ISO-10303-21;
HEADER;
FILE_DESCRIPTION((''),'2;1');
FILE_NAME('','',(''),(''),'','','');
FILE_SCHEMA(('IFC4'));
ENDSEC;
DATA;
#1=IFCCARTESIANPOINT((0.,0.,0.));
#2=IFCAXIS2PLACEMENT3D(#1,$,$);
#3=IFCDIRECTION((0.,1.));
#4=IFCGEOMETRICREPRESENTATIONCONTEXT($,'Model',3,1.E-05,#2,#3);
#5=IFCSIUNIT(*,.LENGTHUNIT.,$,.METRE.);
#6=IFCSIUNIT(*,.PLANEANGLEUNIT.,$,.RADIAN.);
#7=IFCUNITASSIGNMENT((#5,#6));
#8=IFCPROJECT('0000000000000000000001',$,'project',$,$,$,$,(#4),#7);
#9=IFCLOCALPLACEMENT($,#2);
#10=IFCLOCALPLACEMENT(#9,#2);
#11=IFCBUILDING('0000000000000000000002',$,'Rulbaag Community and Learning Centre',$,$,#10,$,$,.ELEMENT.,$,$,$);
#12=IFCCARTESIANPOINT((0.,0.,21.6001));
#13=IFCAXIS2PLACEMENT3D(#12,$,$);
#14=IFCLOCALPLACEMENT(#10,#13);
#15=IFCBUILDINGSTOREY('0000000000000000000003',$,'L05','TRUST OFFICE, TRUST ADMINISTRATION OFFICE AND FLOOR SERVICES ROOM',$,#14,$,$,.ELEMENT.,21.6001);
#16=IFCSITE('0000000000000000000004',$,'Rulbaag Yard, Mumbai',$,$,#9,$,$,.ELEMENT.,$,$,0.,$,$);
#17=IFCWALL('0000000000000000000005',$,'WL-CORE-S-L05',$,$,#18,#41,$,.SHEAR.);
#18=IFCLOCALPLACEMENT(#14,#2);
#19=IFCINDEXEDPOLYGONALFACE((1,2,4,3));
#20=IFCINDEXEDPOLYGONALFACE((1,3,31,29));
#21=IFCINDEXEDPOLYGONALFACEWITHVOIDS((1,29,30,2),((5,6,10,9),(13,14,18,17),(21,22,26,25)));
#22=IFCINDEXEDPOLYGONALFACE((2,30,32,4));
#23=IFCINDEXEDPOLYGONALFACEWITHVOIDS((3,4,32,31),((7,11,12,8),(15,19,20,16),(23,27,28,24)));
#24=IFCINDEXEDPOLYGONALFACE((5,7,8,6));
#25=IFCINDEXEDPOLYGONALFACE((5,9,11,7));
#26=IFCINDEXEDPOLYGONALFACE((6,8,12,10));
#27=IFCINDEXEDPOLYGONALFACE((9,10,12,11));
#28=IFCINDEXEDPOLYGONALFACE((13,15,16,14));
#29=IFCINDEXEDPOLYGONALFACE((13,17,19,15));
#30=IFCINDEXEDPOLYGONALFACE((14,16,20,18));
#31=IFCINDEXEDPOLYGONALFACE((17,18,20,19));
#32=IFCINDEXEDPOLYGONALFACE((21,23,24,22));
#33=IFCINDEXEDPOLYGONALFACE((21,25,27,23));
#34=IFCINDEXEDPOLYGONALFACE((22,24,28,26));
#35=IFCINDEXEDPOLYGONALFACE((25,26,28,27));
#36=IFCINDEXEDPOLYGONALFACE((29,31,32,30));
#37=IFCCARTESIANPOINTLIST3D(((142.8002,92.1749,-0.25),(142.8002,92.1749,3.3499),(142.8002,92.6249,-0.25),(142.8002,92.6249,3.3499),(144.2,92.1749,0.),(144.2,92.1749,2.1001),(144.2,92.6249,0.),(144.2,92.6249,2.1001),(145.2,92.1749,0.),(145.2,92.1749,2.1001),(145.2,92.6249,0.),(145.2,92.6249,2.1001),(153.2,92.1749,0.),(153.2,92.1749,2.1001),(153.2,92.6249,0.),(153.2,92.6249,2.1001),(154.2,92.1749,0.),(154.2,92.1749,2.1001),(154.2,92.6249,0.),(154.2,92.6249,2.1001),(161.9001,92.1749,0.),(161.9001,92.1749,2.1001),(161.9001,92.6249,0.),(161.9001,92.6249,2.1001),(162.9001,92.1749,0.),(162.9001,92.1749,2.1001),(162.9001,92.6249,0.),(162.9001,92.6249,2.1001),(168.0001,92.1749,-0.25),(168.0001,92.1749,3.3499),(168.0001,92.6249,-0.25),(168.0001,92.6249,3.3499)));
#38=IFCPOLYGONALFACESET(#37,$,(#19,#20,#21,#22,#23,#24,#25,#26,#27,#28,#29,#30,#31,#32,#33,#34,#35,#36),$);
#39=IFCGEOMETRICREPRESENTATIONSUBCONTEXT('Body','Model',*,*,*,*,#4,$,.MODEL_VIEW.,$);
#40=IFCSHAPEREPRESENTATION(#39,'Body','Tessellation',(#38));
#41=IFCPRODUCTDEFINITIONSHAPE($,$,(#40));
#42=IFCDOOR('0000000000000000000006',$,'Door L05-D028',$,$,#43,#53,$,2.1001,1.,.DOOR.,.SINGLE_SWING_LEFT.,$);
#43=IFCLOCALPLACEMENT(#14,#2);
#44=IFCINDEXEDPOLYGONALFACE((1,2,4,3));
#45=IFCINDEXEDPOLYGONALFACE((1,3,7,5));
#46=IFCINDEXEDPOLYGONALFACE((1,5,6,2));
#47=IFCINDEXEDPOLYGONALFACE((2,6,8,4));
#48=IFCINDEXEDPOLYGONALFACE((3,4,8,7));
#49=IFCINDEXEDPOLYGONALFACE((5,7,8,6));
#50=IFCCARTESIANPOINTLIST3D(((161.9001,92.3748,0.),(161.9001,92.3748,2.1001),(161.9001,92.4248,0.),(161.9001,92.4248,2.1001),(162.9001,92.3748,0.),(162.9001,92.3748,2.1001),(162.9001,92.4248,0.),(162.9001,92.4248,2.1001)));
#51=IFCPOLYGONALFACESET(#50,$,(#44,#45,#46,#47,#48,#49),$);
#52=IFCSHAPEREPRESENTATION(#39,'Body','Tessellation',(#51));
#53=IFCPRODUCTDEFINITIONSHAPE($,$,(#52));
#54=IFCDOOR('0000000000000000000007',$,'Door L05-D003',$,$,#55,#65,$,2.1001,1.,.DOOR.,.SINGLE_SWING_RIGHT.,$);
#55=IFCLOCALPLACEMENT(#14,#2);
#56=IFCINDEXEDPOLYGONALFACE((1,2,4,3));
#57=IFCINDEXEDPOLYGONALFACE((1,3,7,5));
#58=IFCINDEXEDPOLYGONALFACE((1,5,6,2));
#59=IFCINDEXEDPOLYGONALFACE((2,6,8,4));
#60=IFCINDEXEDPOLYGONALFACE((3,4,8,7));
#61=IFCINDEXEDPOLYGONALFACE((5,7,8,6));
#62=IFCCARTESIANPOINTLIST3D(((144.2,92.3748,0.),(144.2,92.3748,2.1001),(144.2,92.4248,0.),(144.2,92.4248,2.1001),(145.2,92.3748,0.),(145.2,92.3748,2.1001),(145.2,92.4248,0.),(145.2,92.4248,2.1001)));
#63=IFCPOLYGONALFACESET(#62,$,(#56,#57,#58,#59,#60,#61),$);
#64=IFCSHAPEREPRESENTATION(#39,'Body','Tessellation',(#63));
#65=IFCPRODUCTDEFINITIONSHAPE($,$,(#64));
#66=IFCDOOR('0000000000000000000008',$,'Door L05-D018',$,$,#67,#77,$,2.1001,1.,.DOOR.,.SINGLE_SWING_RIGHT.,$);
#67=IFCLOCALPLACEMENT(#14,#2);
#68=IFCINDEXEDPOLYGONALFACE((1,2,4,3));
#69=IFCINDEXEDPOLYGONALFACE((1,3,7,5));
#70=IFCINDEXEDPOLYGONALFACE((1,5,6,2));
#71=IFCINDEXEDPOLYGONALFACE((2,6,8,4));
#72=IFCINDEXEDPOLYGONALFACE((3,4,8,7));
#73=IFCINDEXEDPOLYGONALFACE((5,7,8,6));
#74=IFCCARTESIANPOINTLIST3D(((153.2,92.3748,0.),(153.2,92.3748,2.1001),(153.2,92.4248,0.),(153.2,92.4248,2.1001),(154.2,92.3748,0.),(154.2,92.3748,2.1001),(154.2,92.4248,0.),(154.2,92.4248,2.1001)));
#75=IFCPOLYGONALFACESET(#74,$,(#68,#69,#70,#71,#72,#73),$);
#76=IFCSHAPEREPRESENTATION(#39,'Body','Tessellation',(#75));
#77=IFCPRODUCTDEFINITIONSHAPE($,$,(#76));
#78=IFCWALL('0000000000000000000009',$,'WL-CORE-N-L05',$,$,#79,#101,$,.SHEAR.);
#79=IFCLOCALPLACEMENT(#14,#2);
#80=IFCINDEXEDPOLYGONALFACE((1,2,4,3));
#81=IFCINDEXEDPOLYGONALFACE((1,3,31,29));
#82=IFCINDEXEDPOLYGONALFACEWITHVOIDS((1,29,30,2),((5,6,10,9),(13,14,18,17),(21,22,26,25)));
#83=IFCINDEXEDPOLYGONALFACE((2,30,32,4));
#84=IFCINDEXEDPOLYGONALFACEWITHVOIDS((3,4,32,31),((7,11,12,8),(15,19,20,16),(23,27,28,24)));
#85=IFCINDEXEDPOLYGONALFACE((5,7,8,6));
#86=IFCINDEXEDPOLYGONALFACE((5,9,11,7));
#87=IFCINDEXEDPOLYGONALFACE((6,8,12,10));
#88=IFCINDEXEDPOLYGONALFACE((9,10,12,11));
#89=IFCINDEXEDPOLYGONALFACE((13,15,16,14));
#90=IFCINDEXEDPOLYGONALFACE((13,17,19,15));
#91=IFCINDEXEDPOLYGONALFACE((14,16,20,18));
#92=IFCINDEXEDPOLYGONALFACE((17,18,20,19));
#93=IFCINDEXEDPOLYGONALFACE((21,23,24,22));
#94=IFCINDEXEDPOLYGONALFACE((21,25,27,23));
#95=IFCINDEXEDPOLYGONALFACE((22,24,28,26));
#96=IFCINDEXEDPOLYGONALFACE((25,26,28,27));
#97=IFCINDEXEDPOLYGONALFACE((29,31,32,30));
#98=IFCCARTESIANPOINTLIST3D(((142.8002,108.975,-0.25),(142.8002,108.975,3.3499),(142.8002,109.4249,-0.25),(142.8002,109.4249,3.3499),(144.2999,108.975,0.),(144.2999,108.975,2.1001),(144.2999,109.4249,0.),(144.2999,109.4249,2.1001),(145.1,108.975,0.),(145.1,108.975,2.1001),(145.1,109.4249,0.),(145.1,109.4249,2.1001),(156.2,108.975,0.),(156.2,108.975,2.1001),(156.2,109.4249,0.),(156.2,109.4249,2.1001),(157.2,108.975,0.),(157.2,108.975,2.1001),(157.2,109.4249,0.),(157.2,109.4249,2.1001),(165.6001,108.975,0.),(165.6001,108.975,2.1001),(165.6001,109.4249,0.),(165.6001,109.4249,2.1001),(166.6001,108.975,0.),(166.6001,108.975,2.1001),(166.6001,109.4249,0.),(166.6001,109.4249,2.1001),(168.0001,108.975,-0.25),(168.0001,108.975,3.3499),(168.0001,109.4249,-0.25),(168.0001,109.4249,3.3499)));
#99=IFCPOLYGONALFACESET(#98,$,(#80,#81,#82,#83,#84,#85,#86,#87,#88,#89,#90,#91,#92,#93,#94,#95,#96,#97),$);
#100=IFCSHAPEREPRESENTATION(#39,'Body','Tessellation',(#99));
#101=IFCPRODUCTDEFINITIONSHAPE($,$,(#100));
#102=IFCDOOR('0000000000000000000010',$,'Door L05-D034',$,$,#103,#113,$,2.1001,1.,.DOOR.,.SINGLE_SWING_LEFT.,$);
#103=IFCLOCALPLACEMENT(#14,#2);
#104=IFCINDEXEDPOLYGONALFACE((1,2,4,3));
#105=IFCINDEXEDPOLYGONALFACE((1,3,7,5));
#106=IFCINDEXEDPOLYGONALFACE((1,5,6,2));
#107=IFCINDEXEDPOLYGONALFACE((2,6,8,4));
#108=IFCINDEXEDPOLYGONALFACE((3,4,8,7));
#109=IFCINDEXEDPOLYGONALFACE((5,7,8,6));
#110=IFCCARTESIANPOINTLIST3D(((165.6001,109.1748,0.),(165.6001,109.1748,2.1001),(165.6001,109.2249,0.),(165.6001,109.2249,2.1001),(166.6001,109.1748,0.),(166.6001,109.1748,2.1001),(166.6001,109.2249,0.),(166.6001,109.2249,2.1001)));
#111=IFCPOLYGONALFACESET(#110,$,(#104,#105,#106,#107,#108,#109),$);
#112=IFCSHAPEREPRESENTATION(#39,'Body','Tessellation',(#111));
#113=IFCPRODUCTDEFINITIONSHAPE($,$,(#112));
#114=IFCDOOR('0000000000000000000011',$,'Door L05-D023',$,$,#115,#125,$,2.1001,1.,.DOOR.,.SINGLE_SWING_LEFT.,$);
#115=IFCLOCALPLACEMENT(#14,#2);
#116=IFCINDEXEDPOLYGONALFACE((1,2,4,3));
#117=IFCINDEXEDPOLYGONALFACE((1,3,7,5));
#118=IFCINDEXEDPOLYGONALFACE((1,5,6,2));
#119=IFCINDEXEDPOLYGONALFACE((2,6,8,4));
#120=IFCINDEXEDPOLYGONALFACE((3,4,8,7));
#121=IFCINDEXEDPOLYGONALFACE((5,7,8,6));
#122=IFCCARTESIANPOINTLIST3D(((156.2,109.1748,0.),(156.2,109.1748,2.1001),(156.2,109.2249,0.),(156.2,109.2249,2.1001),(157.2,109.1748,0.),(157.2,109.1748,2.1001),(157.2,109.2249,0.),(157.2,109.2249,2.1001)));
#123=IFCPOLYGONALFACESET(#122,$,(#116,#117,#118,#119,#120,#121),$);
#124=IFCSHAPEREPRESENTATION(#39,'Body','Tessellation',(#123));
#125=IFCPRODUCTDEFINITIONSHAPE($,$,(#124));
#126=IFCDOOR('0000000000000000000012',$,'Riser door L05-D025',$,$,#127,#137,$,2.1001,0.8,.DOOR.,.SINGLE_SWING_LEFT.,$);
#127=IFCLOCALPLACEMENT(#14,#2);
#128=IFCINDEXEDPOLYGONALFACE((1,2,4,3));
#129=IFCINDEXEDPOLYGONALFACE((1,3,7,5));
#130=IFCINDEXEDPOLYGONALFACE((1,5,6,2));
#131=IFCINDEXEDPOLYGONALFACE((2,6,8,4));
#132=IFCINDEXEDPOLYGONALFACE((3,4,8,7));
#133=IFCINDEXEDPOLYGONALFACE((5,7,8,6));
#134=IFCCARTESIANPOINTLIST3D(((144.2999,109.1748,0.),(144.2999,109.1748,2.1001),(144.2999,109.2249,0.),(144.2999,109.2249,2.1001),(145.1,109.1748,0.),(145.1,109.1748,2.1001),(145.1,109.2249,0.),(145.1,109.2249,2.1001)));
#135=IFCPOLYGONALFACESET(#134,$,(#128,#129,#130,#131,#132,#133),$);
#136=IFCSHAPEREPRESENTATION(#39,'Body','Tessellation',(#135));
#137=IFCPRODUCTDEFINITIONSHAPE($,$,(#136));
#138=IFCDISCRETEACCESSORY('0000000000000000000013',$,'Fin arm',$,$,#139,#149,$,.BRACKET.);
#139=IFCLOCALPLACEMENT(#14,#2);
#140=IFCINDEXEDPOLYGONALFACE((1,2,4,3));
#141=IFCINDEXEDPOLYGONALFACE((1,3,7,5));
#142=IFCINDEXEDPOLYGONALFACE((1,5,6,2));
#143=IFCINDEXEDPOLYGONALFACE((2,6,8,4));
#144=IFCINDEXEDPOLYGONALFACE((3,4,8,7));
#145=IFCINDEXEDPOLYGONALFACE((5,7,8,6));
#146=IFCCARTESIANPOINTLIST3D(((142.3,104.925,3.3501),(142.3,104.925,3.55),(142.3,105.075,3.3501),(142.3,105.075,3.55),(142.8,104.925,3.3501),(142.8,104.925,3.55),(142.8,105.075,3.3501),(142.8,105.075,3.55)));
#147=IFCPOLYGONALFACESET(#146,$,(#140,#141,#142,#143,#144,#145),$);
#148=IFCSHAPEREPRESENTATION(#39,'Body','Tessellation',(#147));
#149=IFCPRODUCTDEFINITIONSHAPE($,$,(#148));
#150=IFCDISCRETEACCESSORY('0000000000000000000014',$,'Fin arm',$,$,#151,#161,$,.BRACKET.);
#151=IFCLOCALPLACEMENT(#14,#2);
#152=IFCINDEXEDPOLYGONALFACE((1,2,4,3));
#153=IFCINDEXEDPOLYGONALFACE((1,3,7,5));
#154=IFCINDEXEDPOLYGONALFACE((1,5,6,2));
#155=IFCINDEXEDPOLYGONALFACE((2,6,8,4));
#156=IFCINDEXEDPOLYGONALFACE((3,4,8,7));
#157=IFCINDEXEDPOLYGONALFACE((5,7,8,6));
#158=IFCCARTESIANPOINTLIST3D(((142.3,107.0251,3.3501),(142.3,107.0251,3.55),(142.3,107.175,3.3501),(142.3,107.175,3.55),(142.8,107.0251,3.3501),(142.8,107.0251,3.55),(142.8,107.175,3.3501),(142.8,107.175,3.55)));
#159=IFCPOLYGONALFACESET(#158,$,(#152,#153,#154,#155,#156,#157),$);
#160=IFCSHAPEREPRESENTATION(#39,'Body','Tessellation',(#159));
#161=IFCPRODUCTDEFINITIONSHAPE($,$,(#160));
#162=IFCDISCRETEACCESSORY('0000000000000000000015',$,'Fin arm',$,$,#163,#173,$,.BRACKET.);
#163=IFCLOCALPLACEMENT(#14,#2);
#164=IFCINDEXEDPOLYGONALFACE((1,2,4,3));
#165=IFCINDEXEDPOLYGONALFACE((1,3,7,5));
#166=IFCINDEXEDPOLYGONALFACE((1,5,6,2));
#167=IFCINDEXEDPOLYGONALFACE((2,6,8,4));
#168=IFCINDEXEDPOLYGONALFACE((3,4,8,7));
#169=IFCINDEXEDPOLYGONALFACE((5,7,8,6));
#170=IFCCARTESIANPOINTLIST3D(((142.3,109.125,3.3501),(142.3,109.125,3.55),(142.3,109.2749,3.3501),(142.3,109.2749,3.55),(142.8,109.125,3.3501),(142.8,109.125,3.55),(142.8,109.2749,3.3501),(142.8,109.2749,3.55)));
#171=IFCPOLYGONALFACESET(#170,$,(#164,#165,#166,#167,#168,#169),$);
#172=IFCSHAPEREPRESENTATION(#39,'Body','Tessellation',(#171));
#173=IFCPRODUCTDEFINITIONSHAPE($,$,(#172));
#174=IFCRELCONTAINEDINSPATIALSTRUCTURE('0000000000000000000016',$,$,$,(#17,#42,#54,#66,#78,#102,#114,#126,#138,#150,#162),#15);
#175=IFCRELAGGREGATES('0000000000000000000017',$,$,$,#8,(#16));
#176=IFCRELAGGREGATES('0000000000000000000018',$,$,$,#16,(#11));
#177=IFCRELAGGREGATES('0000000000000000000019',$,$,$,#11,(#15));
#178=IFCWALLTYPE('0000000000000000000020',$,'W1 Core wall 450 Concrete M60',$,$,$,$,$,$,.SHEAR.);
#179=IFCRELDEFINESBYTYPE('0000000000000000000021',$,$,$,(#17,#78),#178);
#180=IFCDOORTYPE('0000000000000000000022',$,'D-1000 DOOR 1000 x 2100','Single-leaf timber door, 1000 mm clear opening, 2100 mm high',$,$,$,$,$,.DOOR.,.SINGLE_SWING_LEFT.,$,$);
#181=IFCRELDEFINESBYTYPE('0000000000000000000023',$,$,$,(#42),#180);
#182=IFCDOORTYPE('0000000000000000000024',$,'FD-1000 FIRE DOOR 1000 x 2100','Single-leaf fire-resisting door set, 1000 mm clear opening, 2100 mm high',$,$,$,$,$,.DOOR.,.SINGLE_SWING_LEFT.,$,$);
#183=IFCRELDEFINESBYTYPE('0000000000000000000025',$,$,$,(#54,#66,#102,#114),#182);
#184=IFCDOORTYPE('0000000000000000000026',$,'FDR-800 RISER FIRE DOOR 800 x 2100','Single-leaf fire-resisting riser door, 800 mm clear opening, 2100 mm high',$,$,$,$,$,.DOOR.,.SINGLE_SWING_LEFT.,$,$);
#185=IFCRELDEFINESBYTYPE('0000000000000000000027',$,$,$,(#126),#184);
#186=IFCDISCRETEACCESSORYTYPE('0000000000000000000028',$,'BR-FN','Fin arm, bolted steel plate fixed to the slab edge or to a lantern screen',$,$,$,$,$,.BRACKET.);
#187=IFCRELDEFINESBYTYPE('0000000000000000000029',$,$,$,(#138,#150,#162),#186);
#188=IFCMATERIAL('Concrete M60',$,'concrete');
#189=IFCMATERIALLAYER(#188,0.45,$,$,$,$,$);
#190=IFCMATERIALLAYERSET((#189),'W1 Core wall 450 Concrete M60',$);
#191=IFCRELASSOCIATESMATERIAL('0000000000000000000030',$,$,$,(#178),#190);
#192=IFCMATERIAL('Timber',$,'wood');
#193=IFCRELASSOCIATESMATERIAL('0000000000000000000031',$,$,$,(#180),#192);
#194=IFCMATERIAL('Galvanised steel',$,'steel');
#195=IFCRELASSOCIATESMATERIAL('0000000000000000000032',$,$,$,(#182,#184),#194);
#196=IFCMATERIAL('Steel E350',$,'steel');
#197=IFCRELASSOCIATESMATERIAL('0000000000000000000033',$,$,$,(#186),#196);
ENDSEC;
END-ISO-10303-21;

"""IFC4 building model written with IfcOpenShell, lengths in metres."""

from ifc_helpers import new_model, si_unit, direction, frame, frame_2d, origin, origin_2d, place, context, subcontext, project, spatial, rectangle, extrude, material, layer, layer_set, type_object, element, fill, save


model = new_model("IFC4")

# Units and contexts
model_context = context("Model", 3, precision=1e-05, world=origin(), true_north=direction((0.0, 1.0)))
body_context = subcontext(model_context, "Body", "Model", "MODEL_VIEW")
ifc_project = project(units=[si_unit("LENGTHUNIT", "METRE"), si_unit("PLANEANGLEUNIT", "RADIAN")], contexts=[model_context])

# Site, building, storey
site_placement = place(None, origin())
site = spatial("IfcSite", under=ifc_project, at=site_placement, Name="Rulbaag Yard, Mumbai", CompositionType="ELEMENT", RefElevation=0.0)
building_placement = place(site_placement, origin())
building = spatial("IfcBuilding", under=site, at=building_placement, Name="Rulbaag Community and Learning Centre", CompositionType="ELEMENT")
storey_placement = place(building_placement, frame((0.0, 0.0, 21.6001)))
storey = spatial("IfcBuildingStorey", under=building, at=storey_placement, Name="L05", Description="TRUST OFFICE, TRUST ADMINISTRATION OFFICE AND FLOOR SERVICES ROOM", CompositionType="ELEMENT", Elevation=21.6001)

# Shared definitions
ifc_material_1 = material(Name="Concrete M60", Category="concrete")

# Walls, openings, doors
ifc_layer_1 = layer(ifc_material_1, 0.45)
ifc_layer_set_1 = layer_set([ifc_layer_1], Name="W1 Core wall 450 Concrete M60")
wall_type_1 = type_object("IfcWallType", Name="W1 Core wall 450 Concrete M60", PredefinedType="SHEAR", material=ifc_layer_set_1)
wall_1_placement = place(storey_placement, frame((142.8, 92.3999, -0.25), z_axis=(0.0, 0.0, 1.0), x_axis=(1.0, 0.0, 0.0)))
wall_1 = element("IfcWall", 1, at=wall_1_placement, inside=storey, type_object=wall_type_1, Name="WL-CORE-S-L05", PredefinedType="SHEAR", context=body_context, shape_type="SweptSolid", body=[
    extrude(rectangle(XDim=25.2, YDim=0.45, at=frame_2d((12.6001, 0.0))), origin(), (0.0, 0.0, 1.0), 3.5999),
])
opening_1_placement = place(wall_1_placement, frame((1.3999, 0.0, 0.25)))
opening_1 = element("IfcOpeningElement", 2, at=opening_1_placement, cuts=wall_1, PredefinedType="OPENING", context=body_context, shape_type="SweptSolid", body=[
    extrude(rectangle(XDim=1.0, YDim=2.1001, at=frame_2d((0.5, 1.05))), frame((0.0, 0.2349, 0.0), z_axis=(0.0, -1.0, 0.0), x_axis=(1.0, 0.0, 0.0)), (0.0, 0.0, 1.0), 0.47),
])
opening_2_placement = place(wall_1_placement, frame((19.1001, 0.0, 0.25)))
opening_2 = element("IfcOpeningElement", 3, at=opening_2_placement, cuts=wall_1, PredefinedType="OPENING", context=body_context, shape_type="SweptSolid", body=[
    extrude(rectangle(XDim=1.0, YDim=2.1001, at=frame_2d((0.5, 1.05))), frame((0.0, 0.2349, 0.0), z_axis=(0.0, -1.0, 0.0), x_axis=(1.0, 0.0, 0.0)), (0.0, 0.0, 1.0), 0.47),
])
opening_3_placement = place(wall_1_placement, frame((10.3999, 0.0, 0.25)))
opening_3 = element("IfcOpeningElement", 4, at=opening_3_placement, cuts=wall_1, PredefinedType="OPENING", context=body_context, shape_type="SweptSolid", body=[
    extrude(rectangle(XDim=1.0, YDim=2.1001, at=frame_2d((0.5, 1.05))), frame((0.0, 0.2349, 0.0), z_axis=(0.0, -1.0, 0.0), x_axis=(1.0, 0.0, 0.0)), (0.0, 0.0, 1.0), 0.47),
])
ifc_material_2 = material(Name="Timber", Category="wood")
door_type_1 = type_object("IfcDoorType", Name="D-1000 DOOR 1000 x 2100", Description="Single-leaf timber door, 1000 mm clear opening, 2100 mm high", OperationType="SINGLE_SWING_LEFT", PredefinedType="DOOR", material=ifc_material_2)
door_1_placement = place(opening_2_placement, origin())
door_1 = element("IfcDoor", 5, at=door_1_placement, inside=storey, type_object=door_type_1, Name="Door L05-D028", OperationType="SINGLE_SWING_LEFT", OverallHeight=2.1001, OverallWidth=1.0, PredefinedType="DOOR", context=body_context, shape_type="SweptSolid", body=[
    extrude(rectangle(XDim=1.0, YDim=2.1001, at=frame_2d((0.5, 1.05))), frame((0.0, 0.0249, 0.0), z_axis=(0.0, -1.0, 0.0), x_axis=(1.0, 0.0, 0.0)), (0.0, 0.0, 1.0), 0.05),
])
fill(opening_2, door_1)
ifc_material_3 = material(Name="Galvanised steel", Category="steel")
door_type_2 = type_object("IfcDoorType", Name="FD-1000 FIRE DOOR 1000 x 2100", Description="Single-leaf fire-resisting door set, 1000 mm clear opening, 2100 mm high", OperationType="SINGLE_SWING_LEFT", PredefinedType="DOOR", material=ifc_material_3)
door_2_placement = place(opening_1_placement, origin())
door_2 = element("IfcDoor", 6, at=door_2_placement, inside=storey, type_object=door_type_2, Name="Door L05-D003", OperationType="SINGLE_SWING_RIGHT", OverallHeight=2.1001, OverallWidth=1.0, PredefinedType="DOOR", context=body_context, shape_type="SweptSolid", body=[
    extrude(rectangle(XDim=1.0, YDim=2.1001, at=frame_2d((0.5, 1.05))), frame((0.0, 0.0249, 0.0), z_axis=(0.0, -1.0, 0.0), x_axis=(1.0, 0.0, 0.0)), (0.0, 0.0, 1.0), 0.05),
])
fill(opening_1, door_2)
door_3_placement = place(opening_3_placement, origin())
door_3 = element("IfcDoor", 7, at=door_3_placement, inside=storey, type_object=door_type_2, Name="Door L05-D018", OperationType="SINGLE_SWING_RIGHT", OverallHeight=2.1001, OverallWidth=1.0, PredefinedType="DOOR", context=body_context, shape_type="SweptSolid", body=[
    extrude(rectangle(XDim=1.0, YDim=2.1001, at=frame_2d((0.5, 1.05))), frame((0.0, 0.0249, 0.0), z_axis=(0.0, -1.0, 0.0), x_axis=(1.0, 0.0, 0.0)), (0.0, 0.0, 1.0), 0.05),
])
fill(opening_3, door_3)
wall_2_placement = place(storey_placement, frame((142.8, 109.2, -0.25), z_axis=(0.0, 0.0, 1.0), x_axis=(1.0, 0.0, 0.0)))
wall_2 = element("IfcWall", 8, at=wall_2_placement, inside=storey, type_object=wall_type_1, Name="WL-CORE-N-L05", PredefinedType="SHEAR", context=body_context, shape_type="SweptSolid", body=[
    extrude(rectangle(XDim=25.2, YDim=0.45, at=frame_2d((12.6001, 0.0))), origin(), (0.0, 0.0, 1.0), 3.5999),
])
opening_4_placement = place(wall_2_placement, frame((22.8, 0.0, 0.25)))
opening_4 = element("IfcOpeningElement", 9, at=opening_4_placement, cuts=wall_2, PredefinedType="OPENING", context=body_context, shape_type="SweptSolid", body=[
    extrude(rectangle(XDim=1.0, YDim=2.1001, at=frame_2d((0.5, 1.05))), frame((0.0, 0.2349, 0.0), z_axis=(0.0, -1.0, 0.0), x_axis=(1.0, 0.0, 0.0)), (0.0, 0.0, 1.0), 0.47),
])
opening_5_placement = place(wall_2_placement, frame((1.5, 0.0, 0.25)))
opening_5 = element("IfcOpeningElement", 10, at=opening_5_placement, cuts=wall_2, PredefinedType="OPENING", context=body_context, shape_type="SweptSolid", body=[
    extrude(rectangle(XDim=0.8, YDim=2.1001, at=frame_2d((0.3999, 1.05))), frame((0.0, 0.2349, 0.0), z_axis=(0.0, -1.0, 0.0), x_axis=(1.0, 0.0, 0.0)), (0.0, 0.0, 1.0), 0.47),
])
opening_6_placement = place(wall_2_placement, frame((13.3999, 0.0, 0.25)))
opening_6 = element("IfcOpeningElement", 11, at=opening_6_placement, cuts=wall_2, PredefinedType="OPENING", context=body_context, shape_type="SweptSolid", body=[
    extrude(rectangle(XDim=1.0, YDim=2.1001, at=frame_2d((0.5, 1.05))), frame((0.0, 0.2349, 0.0), z_axis=(0.0, -1.0, 0.0), x_axis=(1.0, 0.0, 0.0)), (0.0, 0.0, 1.0), 0.47),
])
door_4_placement = place(opening_4_placement, origin())
door_4 = element("IfcDoor", 12, at=door_4_placement, inside=storey, type_object=door_type_2, Name="Door L05-D034", OperationType="SINGLE_SWING_LEFT", OverallHeight=2.1001, OverallWidth=1.0, PredefinedType="DOOR", context=body_context, shape_type="SweptSolid", body=[
    extrude(rectangle(XDim=1.0, YDim=2.1001, at=frame_2d((0.5, 1.05))), frame((0.0, 0.0249, 0.0), z_axis=(0.0, -1.0, 0.0), x_axis=(1.0, 0.0, 0.0)), (0.0, 0.0, 1.0), 0.05),
])
fill(opening_4, door_4)
door_5_placement = place(opening_6_placement, origin())
door_5 = element("IfcDoor", 13, at=door_5_placement, inside=storey, type_object=door_type_2, Name="Door L05-D023", OperationType="SINGLE_SWING_LEFT", OverallHeight=2.1001, OverallWidth=1.0, PredefinedType="DOOR", context=body_context, shape_type="SweptSolid", body=[
    extrude(rectangle(XDim=1.0, YDim=2.1001, at=frame_2d((0.5, 1.05))), frame((0.0, 0.0249, 0.0), z_axis=(0.0, -1.0, 0.0), x_axis=(1.0, 0.0, 0.0)), (0.0, 0.0, 1.0), 0.05),
])
fill(opening_6, door_5)
door_type_3 = type_object("IfcDoorType", Name="FDR-800 RISER FIRE DOOR 800 x 2100", Description="Single-leaf fire-resisting riser door, 800 mm clear opening, 2100 mm high", OperationType="SINGLE_SWING_LEFT", PredefinedType="DOOR", material=ifc_material_3)
door_6_placement = place(opening_5_placement, origin())
door_6 = element("IfcDoor", 14, at=door_6_placement, inside=storey, type_object=door_type_3, Name="Riser door L05-D025", OperationType="SINGLE_SWING_LEFT", OverallHeight=2.1001, OverallWidth=0.8, PredefinedType="DOOR", context=body_context, shape_type="SweptSolid", body=[
    extrude(rectangle(XDim=0.8, YDim=2.1001, at=frame_2d((0.3999, 1.05))), frame((0.0, 0.0249, 0.0), z_axis=(0.0, -1.0, 0.0), x_axis=(1.0, 0.0, 0.0)), (0.0, 0.0, 1.0), 0.05),
])
fill(opening_5, door_6)

# Discrete accessories
ifc_material_4 = material(Name="Steel E350", Category="steel")
discrete_accessory_type = type_object("IfcDiscreteAccessoryType", Name="BR-FN", Description="Fin arm, bolted steel plate fixed to the slab edge or to a lantern screen", PredefinedType="BRACKET", material=ifc_material_4)
for number, where, z_axis, x_axis, name in (
    (15, (142.55, 105.0, 3.3501), (0.0, 0.0, 1.0), (1.0, 0.0, 0.0), "Fin arm"),
    (16, (142.55, 107.1001, 3.3501), (0.0, 0.0, 1.0), (1.0, 0.0, 0.0), "Fin arm"),
    (17, (142.55, 109.2, 3.3501), (0.0, 0.0, 1.0), (1.0, 0.0, 0.0), "Fin arm"),
):
    element("IfcDiscreteAccessory", number, at=place(storey_placement, frame(where, z_axis=z_axis, x_axis=x_axis)), inside=storey, type_object=discrete_accessory_type, Name=name, PredefinedType="BRACKET", context=body_context, shape_type="SweptSolid", body=[
        extrude(rectangle(XDim=0.5, YDim=0.1499, at=origin_2d()), origin(), (0.0, 0.0, 1.0), 0.2),
    ])

save(model, "model.ifc")
